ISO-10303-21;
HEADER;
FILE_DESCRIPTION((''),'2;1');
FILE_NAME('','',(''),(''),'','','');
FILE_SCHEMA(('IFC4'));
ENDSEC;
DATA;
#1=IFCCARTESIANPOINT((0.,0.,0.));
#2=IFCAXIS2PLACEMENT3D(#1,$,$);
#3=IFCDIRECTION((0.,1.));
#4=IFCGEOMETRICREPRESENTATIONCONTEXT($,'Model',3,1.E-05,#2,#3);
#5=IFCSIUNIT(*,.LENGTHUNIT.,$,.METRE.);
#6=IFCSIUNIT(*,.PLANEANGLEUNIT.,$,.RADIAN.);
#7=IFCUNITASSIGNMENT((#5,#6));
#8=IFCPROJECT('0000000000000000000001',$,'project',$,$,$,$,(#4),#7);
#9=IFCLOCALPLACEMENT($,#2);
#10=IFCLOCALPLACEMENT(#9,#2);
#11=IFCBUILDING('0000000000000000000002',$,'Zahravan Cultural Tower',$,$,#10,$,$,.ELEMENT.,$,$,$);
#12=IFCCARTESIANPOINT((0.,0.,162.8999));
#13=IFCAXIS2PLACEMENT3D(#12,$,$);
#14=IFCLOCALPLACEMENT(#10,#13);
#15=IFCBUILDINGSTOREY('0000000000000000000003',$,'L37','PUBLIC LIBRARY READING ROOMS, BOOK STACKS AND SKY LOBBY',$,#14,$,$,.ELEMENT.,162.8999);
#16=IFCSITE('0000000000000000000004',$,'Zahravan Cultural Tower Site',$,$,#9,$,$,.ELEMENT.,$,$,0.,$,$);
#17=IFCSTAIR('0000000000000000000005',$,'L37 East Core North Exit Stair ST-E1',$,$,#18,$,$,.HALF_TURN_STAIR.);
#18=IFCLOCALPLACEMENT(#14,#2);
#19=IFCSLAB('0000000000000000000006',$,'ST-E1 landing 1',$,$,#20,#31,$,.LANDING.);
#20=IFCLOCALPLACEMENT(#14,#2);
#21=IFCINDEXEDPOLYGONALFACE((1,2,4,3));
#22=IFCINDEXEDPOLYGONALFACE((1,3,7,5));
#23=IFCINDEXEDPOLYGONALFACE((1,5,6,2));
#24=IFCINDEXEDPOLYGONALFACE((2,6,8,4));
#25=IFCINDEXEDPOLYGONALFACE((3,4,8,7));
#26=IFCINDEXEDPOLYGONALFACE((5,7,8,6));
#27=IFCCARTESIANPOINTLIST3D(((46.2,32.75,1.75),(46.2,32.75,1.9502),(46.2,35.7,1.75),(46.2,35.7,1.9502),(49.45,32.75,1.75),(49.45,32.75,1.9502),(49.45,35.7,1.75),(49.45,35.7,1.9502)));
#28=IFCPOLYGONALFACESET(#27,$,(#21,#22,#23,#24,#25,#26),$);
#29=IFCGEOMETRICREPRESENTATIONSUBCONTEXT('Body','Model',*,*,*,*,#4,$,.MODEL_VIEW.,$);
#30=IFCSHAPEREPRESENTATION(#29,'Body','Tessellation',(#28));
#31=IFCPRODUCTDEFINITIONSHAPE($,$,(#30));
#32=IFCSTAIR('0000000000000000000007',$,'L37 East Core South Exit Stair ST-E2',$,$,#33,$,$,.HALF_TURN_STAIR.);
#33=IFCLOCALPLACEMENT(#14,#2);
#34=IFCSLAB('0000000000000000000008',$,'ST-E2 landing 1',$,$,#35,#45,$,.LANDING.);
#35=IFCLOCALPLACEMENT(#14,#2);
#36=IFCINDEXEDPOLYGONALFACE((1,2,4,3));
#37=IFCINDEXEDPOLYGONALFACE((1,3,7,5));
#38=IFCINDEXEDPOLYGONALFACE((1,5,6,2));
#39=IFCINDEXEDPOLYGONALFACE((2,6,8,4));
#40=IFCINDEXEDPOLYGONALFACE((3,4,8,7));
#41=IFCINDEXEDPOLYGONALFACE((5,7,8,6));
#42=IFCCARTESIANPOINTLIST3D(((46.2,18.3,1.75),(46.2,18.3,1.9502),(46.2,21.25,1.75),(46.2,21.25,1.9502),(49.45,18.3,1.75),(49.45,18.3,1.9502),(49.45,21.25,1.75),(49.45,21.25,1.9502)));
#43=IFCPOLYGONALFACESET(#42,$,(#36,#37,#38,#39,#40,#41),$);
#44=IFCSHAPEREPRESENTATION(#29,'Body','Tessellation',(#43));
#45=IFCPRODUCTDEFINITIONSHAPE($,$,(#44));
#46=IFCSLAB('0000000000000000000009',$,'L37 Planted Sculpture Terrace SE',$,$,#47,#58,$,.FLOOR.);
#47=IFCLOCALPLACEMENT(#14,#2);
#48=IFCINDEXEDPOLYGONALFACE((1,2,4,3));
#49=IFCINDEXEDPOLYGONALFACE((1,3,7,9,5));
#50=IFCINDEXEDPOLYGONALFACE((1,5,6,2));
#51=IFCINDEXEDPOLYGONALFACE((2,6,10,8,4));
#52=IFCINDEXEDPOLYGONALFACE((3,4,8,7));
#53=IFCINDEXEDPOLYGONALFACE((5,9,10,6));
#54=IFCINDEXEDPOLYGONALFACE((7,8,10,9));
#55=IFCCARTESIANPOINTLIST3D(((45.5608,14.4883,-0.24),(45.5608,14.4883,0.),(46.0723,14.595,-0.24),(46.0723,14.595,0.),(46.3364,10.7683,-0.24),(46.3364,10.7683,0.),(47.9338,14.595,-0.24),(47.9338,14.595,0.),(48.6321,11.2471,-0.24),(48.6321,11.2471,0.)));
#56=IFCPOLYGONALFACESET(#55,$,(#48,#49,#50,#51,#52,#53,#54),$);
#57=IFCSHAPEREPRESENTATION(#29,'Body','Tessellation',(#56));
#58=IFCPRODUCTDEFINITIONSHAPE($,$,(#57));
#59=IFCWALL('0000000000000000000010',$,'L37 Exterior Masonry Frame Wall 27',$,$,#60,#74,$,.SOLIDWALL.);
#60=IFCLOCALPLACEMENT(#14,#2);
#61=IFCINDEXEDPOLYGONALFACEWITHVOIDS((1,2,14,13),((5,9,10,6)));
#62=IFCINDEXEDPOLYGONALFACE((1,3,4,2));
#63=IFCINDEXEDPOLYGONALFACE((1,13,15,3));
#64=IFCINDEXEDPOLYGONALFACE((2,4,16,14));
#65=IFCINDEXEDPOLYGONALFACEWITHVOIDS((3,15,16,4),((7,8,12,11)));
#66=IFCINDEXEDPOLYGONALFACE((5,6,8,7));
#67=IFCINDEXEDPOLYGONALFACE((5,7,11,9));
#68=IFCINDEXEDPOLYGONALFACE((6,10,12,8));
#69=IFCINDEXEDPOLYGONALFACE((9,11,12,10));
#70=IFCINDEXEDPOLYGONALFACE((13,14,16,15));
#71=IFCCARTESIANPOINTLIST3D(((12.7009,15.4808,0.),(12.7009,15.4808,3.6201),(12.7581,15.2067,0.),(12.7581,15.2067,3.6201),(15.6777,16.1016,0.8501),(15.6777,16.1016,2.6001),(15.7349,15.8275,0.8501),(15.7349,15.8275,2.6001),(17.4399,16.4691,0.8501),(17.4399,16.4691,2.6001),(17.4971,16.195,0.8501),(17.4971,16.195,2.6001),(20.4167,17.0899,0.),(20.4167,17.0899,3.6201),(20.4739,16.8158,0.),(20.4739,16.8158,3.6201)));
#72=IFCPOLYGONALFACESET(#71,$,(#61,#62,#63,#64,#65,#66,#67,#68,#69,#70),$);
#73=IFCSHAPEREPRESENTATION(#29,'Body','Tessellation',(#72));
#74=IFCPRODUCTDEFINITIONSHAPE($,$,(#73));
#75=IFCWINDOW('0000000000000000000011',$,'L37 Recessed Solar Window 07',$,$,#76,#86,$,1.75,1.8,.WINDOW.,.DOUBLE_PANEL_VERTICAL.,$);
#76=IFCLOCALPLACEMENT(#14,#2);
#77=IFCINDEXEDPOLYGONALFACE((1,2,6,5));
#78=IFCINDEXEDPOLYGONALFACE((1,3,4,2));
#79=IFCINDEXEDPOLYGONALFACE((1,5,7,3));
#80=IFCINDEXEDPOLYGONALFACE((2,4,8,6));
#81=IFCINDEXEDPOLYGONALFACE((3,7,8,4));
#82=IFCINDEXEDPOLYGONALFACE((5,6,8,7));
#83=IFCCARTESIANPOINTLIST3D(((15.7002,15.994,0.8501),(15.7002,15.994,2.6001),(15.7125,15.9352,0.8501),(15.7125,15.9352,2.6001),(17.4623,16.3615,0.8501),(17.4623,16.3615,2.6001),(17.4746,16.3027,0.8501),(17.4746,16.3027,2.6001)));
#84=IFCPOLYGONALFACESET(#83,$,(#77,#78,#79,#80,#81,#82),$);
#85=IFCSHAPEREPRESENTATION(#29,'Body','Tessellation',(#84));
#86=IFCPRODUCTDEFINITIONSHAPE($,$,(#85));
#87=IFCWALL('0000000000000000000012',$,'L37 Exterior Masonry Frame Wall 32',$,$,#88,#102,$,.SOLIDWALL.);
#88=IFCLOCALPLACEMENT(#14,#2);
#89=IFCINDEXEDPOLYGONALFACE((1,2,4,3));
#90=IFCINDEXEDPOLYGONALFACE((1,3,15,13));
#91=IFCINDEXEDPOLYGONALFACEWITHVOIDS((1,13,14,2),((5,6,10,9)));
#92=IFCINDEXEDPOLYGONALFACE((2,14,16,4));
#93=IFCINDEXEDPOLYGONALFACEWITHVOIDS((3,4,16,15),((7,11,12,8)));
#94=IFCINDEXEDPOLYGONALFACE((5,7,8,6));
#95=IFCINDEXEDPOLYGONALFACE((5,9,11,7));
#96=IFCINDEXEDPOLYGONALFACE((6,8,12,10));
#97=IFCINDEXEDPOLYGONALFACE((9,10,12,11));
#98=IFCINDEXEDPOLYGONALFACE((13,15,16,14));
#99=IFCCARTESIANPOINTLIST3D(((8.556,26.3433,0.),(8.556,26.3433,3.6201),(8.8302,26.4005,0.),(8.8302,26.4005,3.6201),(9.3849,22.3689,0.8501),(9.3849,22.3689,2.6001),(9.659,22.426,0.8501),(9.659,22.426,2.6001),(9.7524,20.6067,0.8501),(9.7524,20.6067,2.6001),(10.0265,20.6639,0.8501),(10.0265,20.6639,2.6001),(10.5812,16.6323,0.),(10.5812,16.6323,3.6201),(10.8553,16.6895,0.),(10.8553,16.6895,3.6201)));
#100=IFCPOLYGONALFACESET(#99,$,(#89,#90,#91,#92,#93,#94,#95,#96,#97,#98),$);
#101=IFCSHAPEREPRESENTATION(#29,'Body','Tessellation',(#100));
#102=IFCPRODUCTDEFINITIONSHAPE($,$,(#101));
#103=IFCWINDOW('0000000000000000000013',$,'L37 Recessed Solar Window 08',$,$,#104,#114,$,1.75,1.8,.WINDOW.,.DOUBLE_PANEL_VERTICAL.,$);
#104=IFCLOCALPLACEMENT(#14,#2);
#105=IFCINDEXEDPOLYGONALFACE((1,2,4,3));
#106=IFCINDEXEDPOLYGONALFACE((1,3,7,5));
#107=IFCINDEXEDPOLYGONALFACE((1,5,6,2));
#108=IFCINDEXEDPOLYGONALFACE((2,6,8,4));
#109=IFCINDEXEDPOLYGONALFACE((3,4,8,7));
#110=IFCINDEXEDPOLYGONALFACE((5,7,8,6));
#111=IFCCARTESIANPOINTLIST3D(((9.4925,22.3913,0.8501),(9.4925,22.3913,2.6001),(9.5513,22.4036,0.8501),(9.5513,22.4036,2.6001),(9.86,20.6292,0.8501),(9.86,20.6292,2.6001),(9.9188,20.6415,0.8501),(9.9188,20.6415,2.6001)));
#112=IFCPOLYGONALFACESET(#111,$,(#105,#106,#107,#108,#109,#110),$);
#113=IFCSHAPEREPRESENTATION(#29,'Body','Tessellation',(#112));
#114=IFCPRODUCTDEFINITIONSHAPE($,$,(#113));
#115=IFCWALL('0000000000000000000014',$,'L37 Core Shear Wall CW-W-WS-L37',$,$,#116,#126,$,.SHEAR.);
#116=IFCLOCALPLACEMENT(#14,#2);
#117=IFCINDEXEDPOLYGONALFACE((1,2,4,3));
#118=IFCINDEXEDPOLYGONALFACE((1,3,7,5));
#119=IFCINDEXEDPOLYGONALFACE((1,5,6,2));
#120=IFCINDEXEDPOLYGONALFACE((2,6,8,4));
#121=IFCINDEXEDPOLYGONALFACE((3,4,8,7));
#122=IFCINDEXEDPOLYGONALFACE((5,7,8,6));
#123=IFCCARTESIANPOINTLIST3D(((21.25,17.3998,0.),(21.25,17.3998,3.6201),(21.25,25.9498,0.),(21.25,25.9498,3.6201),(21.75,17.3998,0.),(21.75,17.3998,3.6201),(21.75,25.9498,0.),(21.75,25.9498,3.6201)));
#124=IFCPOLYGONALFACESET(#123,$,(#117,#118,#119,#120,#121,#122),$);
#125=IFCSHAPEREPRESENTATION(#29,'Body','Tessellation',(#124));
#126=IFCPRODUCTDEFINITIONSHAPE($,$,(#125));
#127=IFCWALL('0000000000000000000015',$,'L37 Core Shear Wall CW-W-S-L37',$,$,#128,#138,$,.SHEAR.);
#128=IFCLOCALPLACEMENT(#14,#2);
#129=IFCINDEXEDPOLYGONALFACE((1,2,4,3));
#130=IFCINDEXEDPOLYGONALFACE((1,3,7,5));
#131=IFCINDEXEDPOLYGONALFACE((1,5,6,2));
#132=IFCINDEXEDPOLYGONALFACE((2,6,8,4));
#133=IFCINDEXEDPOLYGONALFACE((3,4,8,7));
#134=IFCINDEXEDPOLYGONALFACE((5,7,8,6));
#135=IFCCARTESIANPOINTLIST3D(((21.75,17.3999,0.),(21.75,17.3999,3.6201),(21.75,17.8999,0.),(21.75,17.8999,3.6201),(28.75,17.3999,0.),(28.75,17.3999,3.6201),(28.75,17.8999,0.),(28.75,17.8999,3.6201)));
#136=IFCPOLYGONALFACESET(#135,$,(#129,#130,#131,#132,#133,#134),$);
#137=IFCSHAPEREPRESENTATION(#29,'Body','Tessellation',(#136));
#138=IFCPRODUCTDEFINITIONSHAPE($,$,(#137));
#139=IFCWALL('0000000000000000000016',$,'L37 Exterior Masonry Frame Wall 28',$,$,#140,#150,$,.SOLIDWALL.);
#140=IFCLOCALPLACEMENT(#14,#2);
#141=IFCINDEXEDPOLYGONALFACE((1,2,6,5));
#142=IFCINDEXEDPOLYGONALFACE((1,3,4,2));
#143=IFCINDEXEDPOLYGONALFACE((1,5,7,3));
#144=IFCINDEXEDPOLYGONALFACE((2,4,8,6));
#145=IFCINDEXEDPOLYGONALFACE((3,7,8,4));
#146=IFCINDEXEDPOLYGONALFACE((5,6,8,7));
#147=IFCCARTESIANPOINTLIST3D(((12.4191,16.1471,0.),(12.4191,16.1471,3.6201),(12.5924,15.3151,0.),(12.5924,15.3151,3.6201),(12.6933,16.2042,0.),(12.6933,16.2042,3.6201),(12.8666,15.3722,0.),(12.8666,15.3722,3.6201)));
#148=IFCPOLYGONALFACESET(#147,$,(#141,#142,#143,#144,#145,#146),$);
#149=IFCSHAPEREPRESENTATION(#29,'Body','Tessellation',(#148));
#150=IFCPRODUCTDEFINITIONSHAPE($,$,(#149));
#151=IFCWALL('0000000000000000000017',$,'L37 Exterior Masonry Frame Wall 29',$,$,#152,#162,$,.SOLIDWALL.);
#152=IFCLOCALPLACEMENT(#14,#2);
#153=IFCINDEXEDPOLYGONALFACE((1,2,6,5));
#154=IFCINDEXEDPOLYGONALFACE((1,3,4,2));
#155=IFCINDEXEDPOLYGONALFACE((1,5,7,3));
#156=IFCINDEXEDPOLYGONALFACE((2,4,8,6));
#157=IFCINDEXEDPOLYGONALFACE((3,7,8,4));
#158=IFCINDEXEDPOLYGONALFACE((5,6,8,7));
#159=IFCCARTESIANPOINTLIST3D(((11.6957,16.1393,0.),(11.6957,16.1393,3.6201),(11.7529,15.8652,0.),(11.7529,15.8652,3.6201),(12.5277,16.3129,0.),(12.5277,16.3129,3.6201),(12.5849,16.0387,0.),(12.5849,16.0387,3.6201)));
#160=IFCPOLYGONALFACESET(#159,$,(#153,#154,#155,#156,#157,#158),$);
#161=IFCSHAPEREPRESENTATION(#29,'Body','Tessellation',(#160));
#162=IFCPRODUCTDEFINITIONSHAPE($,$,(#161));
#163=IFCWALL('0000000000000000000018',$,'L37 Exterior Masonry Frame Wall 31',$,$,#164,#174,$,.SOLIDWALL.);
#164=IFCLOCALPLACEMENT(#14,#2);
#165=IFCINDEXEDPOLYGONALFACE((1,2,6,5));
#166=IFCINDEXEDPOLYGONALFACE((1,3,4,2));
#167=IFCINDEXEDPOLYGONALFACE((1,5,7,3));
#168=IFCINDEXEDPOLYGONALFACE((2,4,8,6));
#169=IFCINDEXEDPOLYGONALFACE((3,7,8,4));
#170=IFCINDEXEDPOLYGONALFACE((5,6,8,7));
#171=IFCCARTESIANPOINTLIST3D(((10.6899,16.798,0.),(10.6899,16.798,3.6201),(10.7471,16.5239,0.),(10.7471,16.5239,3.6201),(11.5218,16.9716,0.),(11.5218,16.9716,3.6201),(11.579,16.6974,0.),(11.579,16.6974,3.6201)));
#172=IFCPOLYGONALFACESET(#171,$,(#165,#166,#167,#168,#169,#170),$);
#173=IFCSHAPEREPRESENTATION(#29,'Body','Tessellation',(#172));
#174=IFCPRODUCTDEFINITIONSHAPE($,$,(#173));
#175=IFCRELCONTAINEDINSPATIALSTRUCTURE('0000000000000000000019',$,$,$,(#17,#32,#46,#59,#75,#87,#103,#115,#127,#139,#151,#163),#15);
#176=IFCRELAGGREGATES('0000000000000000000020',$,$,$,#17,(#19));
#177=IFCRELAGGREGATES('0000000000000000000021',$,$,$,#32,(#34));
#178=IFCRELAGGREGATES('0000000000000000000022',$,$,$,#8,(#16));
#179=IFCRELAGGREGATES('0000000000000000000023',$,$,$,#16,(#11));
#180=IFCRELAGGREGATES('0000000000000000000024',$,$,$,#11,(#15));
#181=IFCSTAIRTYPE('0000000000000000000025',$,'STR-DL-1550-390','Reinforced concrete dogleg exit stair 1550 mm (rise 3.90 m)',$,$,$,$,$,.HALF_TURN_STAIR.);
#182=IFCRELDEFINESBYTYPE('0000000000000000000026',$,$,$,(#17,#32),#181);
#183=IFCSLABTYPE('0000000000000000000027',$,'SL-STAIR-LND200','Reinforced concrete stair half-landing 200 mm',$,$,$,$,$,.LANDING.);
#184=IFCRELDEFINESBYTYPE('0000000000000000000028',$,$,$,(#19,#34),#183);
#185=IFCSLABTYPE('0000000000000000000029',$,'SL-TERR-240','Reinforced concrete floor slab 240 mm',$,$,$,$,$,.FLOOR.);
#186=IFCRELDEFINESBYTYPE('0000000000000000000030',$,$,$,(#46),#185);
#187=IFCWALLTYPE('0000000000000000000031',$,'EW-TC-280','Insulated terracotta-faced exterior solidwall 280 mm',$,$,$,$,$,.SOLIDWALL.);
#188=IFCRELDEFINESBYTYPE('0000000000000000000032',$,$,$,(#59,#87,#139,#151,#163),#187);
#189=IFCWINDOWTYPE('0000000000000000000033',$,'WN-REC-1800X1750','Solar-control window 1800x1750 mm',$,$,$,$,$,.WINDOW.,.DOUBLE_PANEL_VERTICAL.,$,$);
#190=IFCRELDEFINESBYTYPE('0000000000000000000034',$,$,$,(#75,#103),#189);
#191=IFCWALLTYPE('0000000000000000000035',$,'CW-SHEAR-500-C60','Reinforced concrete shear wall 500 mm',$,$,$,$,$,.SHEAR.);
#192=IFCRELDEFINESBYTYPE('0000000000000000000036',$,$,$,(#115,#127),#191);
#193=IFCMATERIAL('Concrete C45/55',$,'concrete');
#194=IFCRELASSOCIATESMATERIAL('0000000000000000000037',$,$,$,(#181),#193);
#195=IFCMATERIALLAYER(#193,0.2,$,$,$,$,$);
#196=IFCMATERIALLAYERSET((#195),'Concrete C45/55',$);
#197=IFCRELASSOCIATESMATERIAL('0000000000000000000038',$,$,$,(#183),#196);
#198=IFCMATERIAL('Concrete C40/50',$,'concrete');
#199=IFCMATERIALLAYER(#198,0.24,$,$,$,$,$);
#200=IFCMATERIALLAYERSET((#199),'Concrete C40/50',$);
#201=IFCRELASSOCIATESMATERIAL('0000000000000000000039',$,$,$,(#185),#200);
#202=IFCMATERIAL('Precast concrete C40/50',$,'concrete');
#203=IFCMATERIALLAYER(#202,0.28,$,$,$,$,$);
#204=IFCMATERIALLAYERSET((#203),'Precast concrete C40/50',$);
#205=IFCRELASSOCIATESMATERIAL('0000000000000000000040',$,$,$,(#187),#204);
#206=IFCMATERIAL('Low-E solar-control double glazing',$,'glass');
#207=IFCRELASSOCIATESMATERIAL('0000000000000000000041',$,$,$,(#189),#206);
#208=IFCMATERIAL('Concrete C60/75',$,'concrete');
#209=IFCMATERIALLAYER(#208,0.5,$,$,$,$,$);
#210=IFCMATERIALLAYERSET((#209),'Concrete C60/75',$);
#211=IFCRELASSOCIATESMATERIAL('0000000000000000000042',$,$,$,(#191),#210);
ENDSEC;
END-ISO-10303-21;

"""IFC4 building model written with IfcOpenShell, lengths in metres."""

from ifc_helpers import new_model, si_unit, direction, frame, frame_2d, origin, place, context, subcontext, project, spatial, polyline, rectangle, outline, extrude, source, transform, mapped, material, layer, layer_set, type_object, element, fill, aggregate, save


model = new_model("IFC4")

# Units and contexts
model_context = context("Model", 3, precision=1e-05, world=origin(), true_north=direction((0.0, 1.0)))
body_context = subcontext(model_context, "Body", "Model", "MODEL_VIEW")
ifc_project = project(units=[si_unit("LENGTHUNIT", "METRE"), si_unit("PLANEANGLEUNIT", "RADIAN")], contexts=[model_context])

# Site, building, storey
site_placement = place(None, origin())
site = spatial("IfcSite", under=ifc_project, at=site_placement, Name="Zahravan Cultural Tower Site", CompositionType="ELEMENT", RefElevation=0.0)
building_placement = place(site_placement, origin())
building = spatial("IfcBuilding", under=site, at=building_placement, Name="Zahravan Cultural Tower", CompositionType="ELEMENT")
storey_placement = place(building_placement, frame((0.0, 0.0, 162.8999)))
storey = spatial("IfcBuildingStorey", under=building, at=storey_placement, Name="L37", Description="PUBLIC LIBRARY READING ROOMS, BOOK STACKS AND SKY LOBBY", CompositionType="ELEMENT", Elevation=162.8999)

# Shared definitions
ifc_material_1 = material(Name="Concrete C45/55", Category="concrete")

# Stairs, slabs
stair_type = type_object("IfcStairType", Name="STR-DL-1550-390", Description="Reinforced concrete dogleg exit stair 1550 mm (rise 3.90 m)", PredefinedType="HALF_TURN_STAIR", material=ifc_material_1)
ifc_layer_1 = layer(ifc_material_1, 0.2)
ifc_layer_set_1 = layer_set([ifc_layer_1], Name="Concrete C45/55")
slab_type_1 = type_object("IfcSlabType", Name="SL-STAIR-LND200", Description="Reinforced concrete stair half-landing 200 mm", PredefinedType="LANDING", material=ifc_layer_set_1)
stair_1_placement = place(storey_placement, origin())
stair_1 = element("IfcStair", 1, at=stair_1_placement, inside=storey, type_object=stair_type, Name="L37 East Core North Exit Stair ST-E1", PredefinedType="HALF_TURN_STAIR")
slab_1_placement = place(storey_placement, frame((0.0, 0.0, 1.75)))
slab_1 = element("IfcSlab", 2, at=slab_1_placement, type_object=slab_type_1, Name="ST-E1 landing 1", PredefinedType="LANDING", context=body_context, shape_type="SweptSolid", body=[
    extrude(outline(polyline([(49.45, 32.75), (49.45, 35.7), (46.2, 35.7), (46.2, 32.75), (49.45, 32.75)])), origin(), (0.0, 0.0, 1.0), 0.2002),
])
aggregate(stair_1, [slab_1])
stair_2_placement = place(storey_placement, origin())
stair_2 = element("IfcStair", 3, at=stair_2_placement, inside=storey, type_object=stair_type, Name="L37 East Core South Exit Stair ST-E2", PredefinedType="HALF_TURN_STAIR")
slab_2_placement = place(storey_placement, frame((0.0, 0.0, 1.75)))
slab_2 = element("IfcSlab", 4, at=slab_2_placement, type_object=slab_type_1, Name="ST-E2 landing 1", PredefinedType="LANDING", context=body_context, shape_type="SweptSolid", body=[
    extrude(outline(polyline([(46.2, 21.25), (46.2, 18.3), (49.45, 18.3), (49.45, 21.25), (46.2, 21.25)])), origin(), (0.0, 0.0, 1.0), 0.2002),
])
aggregate(stair_2, [slab_2])

# Slab
ifc_material_2 = material(Name="Concrete C40/50", Category="concrete")
ifc_layer_2 = layer(ifc_material_2, 0.24)
ifc_layer_set_2 = layer_set([ifc_layer_2], Name="Concrete C40/50")
slab_type_2 = type_object("IfcSlabType", Name="SL-TERR-240", Description="Reinforced concrete floor slab 240 mm", PredefinedType="FLOOR", material=ifc_layer_set_2)
slab_3_placement = place(storey_placement, frame((0.0, 0.0, -0.24)))
element("IfcSlab", 5, at=slab_3_placement, inside=storey, type_object=slab_type_2, Name="L37 Planted Sculpture Terrace SE", PredefinedType="FLOOR", context=body_context, shape_type="SweptSolid", body=[
    extrude(outline(polyline([(48.6321, 11.2471), (47.9338, 14.595), (46.0723, 14.595), (45.5608, 14.4883), (46.3364, 10.7683), (48.6321, 11.2471)])), origin(), (0.0, 0.0, 1.0), 0.24),
])

# Walls, openings, windows
ifc_material_3 = material(Name="Precast concrete C40/50", Category="concrete")
ifc_layer_3 = layer(ifc_material_3, 0.28)
ifc_layer_set_3 = layer_set([ifc_layer_3], Name="Precast concrete C40/50")
wall_type_1 = type_object("IfcWallType", Name="EW-TC-280", Description="Insulated terracotta-faced exterior solidwall 280 mm", PredefinedType="SOLIDWALL", material=ifc_layer_set_3)
wall_1_placement = place(storey_placement, frame((20.4453, 16.9529, 0.0), z_axis=(0.0, 0.0, 1.0), x_axis=(-0.978938, -0.204157, 0.0)))
wall_1 = element("IfcWall", 6, at=wall_1_placement, inside=storey, type_object=wall_type_1, Name="L37 Exterior Masonry Frame Wall 27", PredefinedType="SOLIDWALL", context=body_context, shape_type="SweptSolid", body=[
    extrude(rectangle(XDim=7.8818, YDim=0.28, at=frame_2d((3.9409, 0.0))), origin(), (0.0, 0.0, 1.0), 3.6201),
])
opening_1_placement = place(wall_1_placement, frame((3.041, 0.0, 0.8501)))
opening_1 = element("IfcOpeningElement", 7, at=opening_1_placement, cuts=wall_1, PredefinedType="OPENING", context=body_context, shape_type="SweptSolid", body=[
    extrude(rectangle(XDim=1.8, YDim=1.75, at=frame_2d((0.8999, 0.875))), frame((0.0, 0.1499, 0.0), z_axis=(0.0, -1.0, 0.0), x_axis=(1.0, 0.0, 0.0)), (0.0, 0.0, 1.0), 0.3),
])
ifc_material_4 = material(Name="Low-E solar-control double glazing", Category="glass")
window_type = type_object("IfcWindowType", Name="WN-REC-1800X1750", Description="Solar-control window 1800x1750 mm", PartitioningType="DOUBLE_PANEL_VERTICAL", PredefinedType="WINDOW", material=ifc_material_4)
shared_shape_1 = source(origin(), body_context, "Body", "SweptSolid", [
    extrude(rectangle(XDim=1.8, YDim=1.75, at=frame_2d((0.8999, 0.875))), frame((0.0, 0.03, 0.0), z_axis=(0.0, -1.0, 0.0), x_axis=(1.0, 0.0, 0.0)), (0.0, 0.0, 1.0), 0.0601),
])
window_1_placement = place(opening_1_placement, origin())
window_1 = element("IfcWindow", 8, at=window_1_placement, inside=storey, type_object=window_type, Name="L37 Recessed Solar Window 07", OverallHeight=1.75, OverallWidth=1.8, PartitioningType="DOUBLE_PANEL_VERTICAL", PredefinedType="WINDOW", context=body_context, shape_type="MappedRepresentation", body=[
    mapped(shared_shape_1, transform((0.0, 0.0, 0.0), x_axis=(1.0, 0.0, 0.0), y_axis=(0.0, 1.0, 0.0), z_axis=(0.0, 0.0, 1.0), scale=1.0)),
])
fill(opening_1, window_1)
wall_2_placement = place(storey_placement, frame((10.7183, 16.6609, 0.0), z_axis=(0.0, 0.0, 1.0), x_axis=(-0.204151, 0.978939, 0.0)))
wall_2 = element("IfcWall", 9, at=wall_2_placement, inside=storey, type_object=wall_type_1, Name="L37 Exterior Masonry Frame Wall 32", PredefinedType="SOLIDWALL", context=body_context, shape_type="SweptSolid", body=[
    extrude(rectangle(XDim=9.9199, YDim=0.28, at=frame_2d((4.96, 0.0))), origin(), (0.0, 0.0, 1.0), 3.6201),
])
opening_2_placement = place(wall_2_placement, frame((4.0601, 0.0, 0.8501)))
opening_2 = element("IfcOpeningElement", 10, at=opening_2_placement, cuts=wall_2, PredefinedType="OPENING", context=body_context, shape_type="SweptSolid", body=[
    extrude(rectangle(XDim=1.8, YDim=1.75, at=frame_2d((0.8999, 0.875))), frame((0.0, 0.1499, 0.0), z_axis=(0.0, -1.0, 0.0), x_axis=(1.0, 0.0, 0.0)), (0.0, 0.0, 1.0), 0.3),
])
window_2_placement = place(opening_2_placement, origin())
window_2 = element("IfcWindow", 11, at=window_2_placement, inside=storey, type_object=window_type, Name="L37 Recessed Solar Window 08", OverallHeight=1.75, OverallWidth=1.8, PartitioningType="DOUBLE_PANEL_VERTICAL", PredefinedType="WINDOW", context=body_context, shape_type="MappedRepresentation", body=[
    mapped(shared_shape_1, transform((0.0, 0.0, 0.0), x_axis=(1.0, 0.0, 0.0), y_axis=(0.0, 1.0, 0.0), z_axis=(0.0, 0.0, 1.0), scale=1.0)),
])
fill(opening_2, window_2)

# Walls
ifc_material_5 = material(Name="Concrete C60/75", Category="concrete")
ifc_layer_4 = layer(ifc_material_5, 0.5)
ifc_layer_set_4 = layer_set([ifc_layer_4], Name="Concrete C60/75")
wall_type_2 = type_object("IfcWallType", Name="CW-SHEAR-500-C60", Description="Reinforced concrete shear wall 500 mm", PredefinedType="SHEAR", material=ifc_layer_set_4)
shared_shape_2 = source(origin(), body_context, "Body", "SweptSolid", [
    extrude(rectangle(XDim=8.55, YDim=0.5, at=frame_2d((4.2749, 0.0))), origin(), (0.0, 0.0, 1.0), 3.6201),
])
wall_3_placement = place(storey_placement, frame((21.5, 17.3999, 0.0), z_axis=(0.0, 0.0, 1.0), x_axis=(0.0, 1.0, 0.0)))
element("IfcWall", 12, at=wall_3_placement, inside=storey, type_object=wall_type_2, Name="L37 Core Shear Wall CW-W-WS-L37", PredefinedType="SHEAR", context=body_context, shape_type="MappedRepresentation", body=[
    mapped(shared_shape_2, transform((0.0, 0.0, 0.0), x_axis=(1.0, 0.0, 0.0), y_axis=(0.0, 1.0, 0.0), z_axis=(0.0, 0.0, 1.0), scale=1.0)),
])
shared_shape_3 = source(origin(), body_context, "Body", "SweptSolid", [
    extrude(rectangle(XDim=7.0, YDim=0.5, at=frame_2d((3.5, 0.0))), origin(), (0.0, 0.0, 1.0), 3.6201),
])
wall_4_placement = place(storey_placement, frame((21.75, 17.6499, 0.0), z_axis=(0.0, 0.0, 1.0), x_axis=(1.0, 0.0, 0.0)))
element("IfcWall", 13, at=wall_4_placement, inside=storey, type_object=wall_type_2, Name="L37 Core Shear Wall CW-W-S-L37", PredefinedType="SHEAR", context=body_context, shape_type="MappedRepresentation", body=[
    mapped(shared_shape_3, transform((0.0, 0.0, 0.0), x_axis=(1.0, 0.0, 0.0), y_axis=(0.0, 1.0, 0.0), z_axis=(0.0, 0.0, 1.0), scale=1.0)),
])
shared_shape_4 = source(origin(), body_context, "Body", "SweptSolid", [
    extrude(rectangle(XDim=0.8499, YDim=0.28, at=frame_2d((0.4248, 0.0))), origin(), (0.0, 0.0, 1.0), 3.6201),
])
for number, where, z_axis, x_axis, name in (
    (14, (12.7295, 15.3438, 0.0), (0.0, 0.0, 1.0), (-0.203954, 0.97898, 0.0), "L37 Exterior Masonry Frame Wall 28"),
    (15, (12.5562, 16.1758, 0.0), (0.0, 0.0, 1.0), (-0.978923, -0.20423, 0.0), "L37 Exterior Masonry Frame Wall 29"),
    (16, (11.5503, 16.8345, 0.0), (0.0, 0.0, 1.0), (-0.978923, -0.20423, 0.0), "L37 Exterior Masonry Frame Wall 31"),
):
    element("IfcWall", number, at=place(storey_placement, frame(where, z_axis=z_axis, x_axis=x_axis)), inside=storey, type_object=wall_type_1, Name=name, PredefinedType="SOLIDWALL", context=body_context, shape_type="MappedRepresentation", body=[
        mapped(shared_shape_4, transform((0.0, 0.0, 0.0), x_axis=(1.0, 0.0, 0.0), y_axis=(0.0, 1.0, 0.0), z_axis=(0.0, 0.0, 1.0), scale=1.0)),
    ])

save(model, "model.ifc")
